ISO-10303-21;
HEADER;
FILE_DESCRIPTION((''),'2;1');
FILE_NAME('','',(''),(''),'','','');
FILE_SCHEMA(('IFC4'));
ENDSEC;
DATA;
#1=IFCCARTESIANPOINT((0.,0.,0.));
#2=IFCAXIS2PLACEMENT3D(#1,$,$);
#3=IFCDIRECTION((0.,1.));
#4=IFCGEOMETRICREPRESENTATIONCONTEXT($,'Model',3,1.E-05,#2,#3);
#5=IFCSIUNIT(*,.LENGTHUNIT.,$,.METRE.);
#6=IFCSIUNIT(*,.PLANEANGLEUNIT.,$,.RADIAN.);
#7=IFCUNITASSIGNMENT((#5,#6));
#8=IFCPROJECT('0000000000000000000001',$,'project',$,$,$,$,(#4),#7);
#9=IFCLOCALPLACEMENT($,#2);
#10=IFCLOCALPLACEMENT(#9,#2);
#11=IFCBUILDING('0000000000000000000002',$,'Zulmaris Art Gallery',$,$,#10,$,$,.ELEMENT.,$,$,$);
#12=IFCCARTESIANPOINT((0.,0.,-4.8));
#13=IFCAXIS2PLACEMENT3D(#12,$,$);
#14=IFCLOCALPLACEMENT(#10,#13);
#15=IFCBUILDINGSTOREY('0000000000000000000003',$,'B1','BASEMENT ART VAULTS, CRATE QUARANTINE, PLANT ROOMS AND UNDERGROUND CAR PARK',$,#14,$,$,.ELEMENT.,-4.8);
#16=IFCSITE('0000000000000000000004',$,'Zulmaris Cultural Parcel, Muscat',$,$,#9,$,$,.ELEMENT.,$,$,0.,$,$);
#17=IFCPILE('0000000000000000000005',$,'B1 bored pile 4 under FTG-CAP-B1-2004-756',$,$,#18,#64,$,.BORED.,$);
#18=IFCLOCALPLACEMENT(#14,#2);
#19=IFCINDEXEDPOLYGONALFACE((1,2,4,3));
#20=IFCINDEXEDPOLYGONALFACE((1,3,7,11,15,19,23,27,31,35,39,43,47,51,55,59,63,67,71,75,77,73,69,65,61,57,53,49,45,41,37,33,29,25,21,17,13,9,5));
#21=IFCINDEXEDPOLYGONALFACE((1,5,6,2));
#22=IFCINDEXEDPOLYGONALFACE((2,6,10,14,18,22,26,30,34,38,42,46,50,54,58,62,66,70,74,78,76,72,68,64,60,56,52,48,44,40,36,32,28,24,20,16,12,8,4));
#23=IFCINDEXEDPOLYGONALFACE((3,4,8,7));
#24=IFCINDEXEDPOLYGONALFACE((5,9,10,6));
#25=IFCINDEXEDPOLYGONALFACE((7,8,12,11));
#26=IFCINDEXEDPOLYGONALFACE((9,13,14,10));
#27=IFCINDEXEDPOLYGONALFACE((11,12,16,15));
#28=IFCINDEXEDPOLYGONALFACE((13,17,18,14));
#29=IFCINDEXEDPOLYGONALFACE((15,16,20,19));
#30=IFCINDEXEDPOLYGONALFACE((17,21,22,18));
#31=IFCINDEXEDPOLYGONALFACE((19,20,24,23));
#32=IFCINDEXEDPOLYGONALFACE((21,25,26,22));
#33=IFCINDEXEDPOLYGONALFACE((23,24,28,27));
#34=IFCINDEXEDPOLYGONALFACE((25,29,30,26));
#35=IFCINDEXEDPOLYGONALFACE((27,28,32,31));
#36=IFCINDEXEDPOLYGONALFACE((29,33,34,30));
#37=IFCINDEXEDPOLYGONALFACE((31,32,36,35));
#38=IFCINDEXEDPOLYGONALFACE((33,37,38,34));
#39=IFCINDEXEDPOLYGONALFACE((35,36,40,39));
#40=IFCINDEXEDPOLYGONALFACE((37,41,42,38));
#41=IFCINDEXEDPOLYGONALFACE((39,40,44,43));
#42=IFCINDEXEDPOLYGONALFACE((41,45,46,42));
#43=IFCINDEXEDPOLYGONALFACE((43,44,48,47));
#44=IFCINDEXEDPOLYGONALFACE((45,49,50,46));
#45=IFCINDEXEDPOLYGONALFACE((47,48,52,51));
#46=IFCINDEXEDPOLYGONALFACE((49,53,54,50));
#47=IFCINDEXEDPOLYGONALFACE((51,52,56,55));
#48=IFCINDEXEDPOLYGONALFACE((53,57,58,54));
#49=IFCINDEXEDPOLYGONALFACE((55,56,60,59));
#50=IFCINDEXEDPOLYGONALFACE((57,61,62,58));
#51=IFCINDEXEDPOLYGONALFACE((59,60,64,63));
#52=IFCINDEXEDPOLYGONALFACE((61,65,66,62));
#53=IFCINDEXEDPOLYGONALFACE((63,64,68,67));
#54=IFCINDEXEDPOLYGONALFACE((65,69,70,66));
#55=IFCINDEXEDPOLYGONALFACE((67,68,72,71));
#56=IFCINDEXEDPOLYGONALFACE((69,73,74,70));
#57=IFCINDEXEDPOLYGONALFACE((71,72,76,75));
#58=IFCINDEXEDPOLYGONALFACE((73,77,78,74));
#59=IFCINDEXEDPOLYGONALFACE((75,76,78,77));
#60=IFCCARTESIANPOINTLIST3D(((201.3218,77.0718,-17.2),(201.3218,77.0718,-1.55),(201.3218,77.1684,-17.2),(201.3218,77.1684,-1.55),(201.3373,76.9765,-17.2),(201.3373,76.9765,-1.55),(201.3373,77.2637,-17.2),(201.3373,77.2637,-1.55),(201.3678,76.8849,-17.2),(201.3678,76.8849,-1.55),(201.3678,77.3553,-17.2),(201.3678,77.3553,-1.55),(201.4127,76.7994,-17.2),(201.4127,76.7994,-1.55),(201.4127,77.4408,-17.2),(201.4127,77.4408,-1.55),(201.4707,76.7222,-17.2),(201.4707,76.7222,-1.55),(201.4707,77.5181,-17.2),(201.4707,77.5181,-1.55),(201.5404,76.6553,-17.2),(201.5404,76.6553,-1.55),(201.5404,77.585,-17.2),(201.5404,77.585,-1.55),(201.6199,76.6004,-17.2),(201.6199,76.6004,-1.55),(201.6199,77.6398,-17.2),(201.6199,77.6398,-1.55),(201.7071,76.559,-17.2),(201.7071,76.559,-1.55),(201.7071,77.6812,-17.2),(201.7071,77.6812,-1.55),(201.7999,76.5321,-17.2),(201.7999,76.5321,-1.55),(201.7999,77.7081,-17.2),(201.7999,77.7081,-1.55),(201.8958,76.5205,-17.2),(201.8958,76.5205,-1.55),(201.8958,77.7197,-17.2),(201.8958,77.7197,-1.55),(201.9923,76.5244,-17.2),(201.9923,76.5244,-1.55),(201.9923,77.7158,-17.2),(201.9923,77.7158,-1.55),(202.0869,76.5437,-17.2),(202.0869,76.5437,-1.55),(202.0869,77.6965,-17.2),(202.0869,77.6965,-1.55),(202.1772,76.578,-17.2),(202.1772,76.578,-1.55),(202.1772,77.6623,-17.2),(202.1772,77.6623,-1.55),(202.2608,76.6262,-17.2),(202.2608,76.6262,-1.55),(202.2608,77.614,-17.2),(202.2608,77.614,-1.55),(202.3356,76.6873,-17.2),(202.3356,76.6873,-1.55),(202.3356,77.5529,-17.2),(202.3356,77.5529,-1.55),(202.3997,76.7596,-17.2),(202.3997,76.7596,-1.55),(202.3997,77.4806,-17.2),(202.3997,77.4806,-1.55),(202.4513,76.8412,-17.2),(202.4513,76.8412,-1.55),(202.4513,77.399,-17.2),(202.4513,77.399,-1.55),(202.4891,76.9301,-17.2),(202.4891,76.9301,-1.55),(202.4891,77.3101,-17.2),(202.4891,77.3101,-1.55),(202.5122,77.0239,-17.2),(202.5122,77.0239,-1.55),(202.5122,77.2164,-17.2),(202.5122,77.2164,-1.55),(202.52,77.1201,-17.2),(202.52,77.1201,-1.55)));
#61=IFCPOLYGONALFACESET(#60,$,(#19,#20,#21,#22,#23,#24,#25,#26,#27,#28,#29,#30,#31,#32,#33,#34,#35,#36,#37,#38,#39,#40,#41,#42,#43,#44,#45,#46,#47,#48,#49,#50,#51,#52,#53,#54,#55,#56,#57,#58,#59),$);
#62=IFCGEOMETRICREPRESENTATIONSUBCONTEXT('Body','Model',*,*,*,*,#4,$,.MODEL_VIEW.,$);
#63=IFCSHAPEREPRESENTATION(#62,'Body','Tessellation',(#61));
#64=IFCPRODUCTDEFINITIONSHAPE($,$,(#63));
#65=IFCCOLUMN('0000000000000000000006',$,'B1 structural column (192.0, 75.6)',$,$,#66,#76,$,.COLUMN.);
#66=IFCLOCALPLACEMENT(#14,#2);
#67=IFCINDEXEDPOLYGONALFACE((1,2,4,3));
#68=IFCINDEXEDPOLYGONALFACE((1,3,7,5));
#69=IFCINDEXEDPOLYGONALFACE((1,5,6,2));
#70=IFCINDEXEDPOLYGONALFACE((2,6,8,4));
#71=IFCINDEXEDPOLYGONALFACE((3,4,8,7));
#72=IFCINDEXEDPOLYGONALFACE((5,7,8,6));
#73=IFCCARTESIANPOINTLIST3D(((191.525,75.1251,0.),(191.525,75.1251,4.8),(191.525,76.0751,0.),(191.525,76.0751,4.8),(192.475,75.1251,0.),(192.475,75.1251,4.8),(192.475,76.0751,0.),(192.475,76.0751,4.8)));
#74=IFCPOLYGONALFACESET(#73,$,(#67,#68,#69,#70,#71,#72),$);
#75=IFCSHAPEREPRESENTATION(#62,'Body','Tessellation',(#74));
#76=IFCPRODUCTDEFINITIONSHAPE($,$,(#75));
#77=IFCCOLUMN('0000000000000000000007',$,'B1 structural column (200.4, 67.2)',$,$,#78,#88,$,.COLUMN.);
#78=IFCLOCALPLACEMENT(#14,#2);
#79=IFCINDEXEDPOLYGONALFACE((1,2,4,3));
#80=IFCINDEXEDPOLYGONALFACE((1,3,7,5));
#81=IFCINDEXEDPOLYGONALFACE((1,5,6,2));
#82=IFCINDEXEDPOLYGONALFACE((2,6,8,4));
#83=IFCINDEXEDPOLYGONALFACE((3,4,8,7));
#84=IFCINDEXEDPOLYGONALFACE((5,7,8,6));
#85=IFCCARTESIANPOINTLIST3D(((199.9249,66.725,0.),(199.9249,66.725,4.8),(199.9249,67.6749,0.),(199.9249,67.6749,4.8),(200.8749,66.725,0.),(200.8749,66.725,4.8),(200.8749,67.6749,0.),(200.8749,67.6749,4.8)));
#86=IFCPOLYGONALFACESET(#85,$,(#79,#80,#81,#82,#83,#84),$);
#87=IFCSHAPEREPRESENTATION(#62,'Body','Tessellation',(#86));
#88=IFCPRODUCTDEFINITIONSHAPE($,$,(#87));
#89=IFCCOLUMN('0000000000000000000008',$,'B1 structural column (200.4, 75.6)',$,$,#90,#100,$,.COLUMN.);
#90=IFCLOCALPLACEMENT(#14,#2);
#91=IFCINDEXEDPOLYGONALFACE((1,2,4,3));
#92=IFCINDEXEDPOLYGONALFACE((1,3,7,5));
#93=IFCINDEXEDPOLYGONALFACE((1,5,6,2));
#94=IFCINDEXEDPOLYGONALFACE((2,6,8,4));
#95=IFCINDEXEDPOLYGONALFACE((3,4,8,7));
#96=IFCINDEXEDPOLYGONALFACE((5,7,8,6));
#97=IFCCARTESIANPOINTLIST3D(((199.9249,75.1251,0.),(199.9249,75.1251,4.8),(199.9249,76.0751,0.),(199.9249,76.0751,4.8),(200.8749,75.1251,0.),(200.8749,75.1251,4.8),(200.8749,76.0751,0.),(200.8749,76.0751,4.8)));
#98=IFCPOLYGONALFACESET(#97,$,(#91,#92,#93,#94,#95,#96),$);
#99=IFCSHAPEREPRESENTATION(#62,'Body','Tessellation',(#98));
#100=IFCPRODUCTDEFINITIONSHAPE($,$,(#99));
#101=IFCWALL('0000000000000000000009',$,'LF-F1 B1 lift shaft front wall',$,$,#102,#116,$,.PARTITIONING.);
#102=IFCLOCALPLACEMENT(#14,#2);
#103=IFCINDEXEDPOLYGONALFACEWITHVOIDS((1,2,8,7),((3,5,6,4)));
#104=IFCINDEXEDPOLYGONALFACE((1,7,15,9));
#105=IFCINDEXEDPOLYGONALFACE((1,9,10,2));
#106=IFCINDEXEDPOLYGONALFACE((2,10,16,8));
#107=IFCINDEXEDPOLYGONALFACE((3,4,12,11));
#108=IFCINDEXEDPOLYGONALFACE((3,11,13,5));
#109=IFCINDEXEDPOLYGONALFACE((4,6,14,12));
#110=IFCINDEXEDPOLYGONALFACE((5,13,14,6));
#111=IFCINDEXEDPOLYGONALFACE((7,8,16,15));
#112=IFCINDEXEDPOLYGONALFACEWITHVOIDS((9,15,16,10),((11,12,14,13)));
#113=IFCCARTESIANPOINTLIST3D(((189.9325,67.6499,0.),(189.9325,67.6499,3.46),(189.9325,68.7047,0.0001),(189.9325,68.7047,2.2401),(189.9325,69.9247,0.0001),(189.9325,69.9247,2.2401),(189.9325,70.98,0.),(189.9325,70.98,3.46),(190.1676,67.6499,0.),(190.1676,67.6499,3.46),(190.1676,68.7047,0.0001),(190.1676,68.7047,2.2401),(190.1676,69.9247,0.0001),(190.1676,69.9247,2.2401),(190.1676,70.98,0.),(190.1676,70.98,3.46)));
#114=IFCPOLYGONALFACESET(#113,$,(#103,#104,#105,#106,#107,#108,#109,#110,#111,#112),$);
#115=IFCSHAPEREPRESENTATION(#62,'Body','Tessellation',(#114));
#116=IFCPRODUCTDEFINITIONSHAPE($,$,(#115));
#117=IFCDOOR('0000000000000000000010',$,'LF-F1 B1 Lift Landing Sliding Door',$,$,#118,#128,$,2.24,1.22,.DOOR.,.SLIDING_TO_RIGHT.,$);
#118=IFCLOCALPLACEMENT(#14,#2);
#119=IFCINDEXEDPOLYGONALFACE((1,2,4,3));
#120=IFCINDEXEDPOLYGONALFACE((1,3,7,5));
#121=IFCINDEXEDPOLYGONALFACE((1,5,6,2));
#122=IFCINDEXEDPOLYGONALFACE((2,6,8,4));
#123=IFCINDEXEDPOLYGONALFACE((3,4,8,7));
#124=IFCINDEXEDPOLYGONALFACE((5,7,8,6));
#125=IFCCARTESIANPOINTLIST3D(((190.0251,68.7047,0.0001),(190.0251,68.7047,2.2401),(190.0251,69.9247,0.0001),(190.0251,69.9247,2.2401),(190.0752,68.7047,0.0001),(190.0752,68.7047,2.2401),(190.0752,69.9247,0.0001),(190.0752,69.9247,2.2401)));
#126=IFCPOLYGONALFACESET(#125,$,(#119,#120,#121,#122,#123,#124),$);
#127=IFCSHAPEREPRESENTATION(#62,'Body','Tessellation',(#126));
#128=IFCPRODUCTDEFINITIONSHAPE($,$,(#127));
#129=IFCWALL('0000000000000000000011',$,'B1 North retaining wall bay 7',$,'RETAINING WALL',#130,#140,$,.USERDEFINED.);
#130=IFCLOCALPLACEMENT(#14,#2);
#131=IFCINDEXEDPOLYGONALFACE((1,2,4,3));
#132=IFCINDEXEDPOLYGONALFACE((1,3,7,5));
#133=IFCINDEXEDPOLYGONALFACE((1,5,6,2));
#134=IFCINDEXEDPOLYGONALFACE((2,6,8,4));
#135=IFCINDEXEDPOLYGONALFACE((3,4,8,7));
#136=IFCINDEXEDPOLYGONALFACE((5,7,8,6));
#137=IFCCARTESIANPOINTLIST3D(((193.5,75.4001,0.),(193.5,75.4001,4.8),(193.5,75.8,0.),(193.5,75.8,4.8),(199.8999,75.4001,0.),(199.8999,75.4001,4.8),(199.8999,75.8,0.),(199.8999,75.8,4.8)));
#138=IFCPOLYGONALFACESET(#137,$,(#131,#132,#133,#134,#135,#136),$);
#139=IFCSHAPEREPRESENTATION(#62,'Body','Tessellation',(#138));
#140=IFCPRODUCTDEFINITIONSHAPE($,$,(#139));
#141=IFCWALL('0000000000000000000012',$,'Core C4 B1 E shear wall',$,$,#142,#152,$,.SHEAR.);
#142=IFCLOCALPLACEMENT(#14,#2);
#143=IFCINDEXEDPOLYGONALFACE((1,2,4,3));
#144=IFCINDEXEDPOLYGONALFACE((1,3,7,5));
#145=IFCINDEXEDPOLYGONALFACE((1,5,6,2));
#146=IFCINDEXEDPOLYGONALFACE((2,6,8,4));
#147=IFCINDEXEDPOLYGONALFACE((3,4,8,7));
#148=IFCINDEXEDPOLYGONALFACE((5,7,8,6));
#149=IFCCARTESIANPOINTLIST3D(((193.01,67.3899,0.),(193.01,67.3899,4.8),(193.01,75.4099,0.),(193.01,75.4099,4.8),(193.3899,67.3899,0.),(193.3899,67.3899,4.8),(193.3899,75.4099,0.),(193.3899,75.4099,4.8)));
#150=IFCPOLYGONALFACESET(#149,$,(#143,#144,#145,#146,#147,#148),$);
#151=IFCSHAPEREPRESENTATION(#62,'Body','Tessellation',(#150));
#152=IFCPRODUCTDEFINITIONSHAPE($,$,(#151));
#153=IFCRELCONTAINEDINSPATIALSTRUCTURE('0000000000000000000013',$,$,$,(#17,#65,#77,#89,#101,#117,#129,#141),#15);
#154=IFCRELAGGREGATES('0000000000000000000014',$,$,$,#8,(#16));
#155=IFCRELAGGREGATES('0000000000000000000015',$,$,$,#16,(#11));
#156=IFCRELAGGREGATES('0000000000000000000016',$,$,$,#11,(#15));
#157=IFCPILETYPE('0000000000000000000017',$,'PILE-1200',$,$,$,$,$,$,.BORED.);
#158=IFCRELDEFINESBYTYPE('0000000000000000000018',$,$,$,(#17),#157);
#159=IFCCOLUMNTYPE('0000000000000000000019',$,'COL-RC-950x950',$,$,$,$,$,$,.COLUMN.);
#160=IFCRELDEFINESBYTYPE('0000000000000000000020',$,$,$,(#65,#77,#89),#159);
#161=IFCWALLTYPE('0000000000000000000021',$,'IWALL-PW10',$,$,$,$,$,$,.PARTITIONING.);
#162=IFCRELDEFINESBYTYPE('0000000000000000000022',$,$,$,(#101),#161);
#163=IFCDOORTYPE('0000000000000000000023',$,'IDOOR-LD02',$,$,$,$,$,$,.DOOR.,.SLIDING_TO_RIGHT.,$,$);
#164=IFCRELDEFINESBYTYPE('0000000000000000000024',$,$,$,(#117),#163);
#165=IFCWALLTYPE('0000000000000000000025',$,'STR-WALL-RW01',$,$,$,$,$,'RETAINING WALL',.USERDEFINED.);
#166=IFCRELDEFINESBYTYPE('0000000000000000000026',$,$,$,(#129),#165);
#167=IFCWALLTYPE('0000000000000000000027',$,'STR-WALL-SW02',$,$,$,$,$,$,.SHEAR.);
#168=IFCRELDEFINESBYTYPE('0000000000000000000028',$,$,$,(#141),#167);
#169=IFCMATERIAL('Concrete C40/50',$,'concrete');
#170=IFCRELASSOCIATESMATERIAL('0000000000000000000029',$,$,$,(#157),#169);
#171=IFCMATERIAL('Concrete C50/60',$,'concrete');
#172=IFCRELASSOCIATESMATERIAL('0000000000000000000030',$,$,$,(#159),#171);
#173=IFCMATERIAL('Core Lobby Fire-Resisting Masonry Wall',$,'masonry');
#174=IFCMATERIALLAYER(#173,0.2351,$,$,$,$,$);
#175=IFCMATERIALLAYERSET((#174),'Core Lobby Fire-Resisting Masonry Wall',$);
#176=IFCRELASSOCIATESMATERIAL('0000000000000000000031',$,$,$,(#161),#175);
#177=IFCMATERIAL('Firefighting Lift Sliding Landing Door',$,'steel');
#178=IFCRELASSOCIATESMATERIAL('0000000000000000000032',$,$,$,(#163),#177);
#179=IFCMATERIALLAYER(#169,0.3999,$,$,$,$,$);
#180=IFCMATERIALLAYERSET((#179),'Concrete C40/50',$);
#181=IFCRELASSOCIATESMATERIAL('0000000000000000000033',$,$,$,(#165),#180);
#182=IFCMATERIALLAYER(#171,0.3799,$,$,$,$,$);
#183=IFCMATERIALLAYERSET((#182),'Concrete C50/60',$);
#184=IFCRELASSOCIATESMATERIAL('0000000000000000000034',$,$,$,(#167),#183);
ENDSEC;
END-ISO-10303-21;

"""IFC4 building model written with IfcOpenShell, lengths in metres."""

from ifc_helpers import new_model, si_unit, direction, frame, frame_2d, origin, origin_2d, place, context, subcontext, project, spatial, rectangle, circle, extrude, material, layer, layer_set, material_profile, profile_set, type_object, element, fill, save


model = new_model("IFC4")

# Units and contexts
model_context = context("Model", 3, precision=1e-05, world=origin(), true_north=direction((0.0, 1.0)))
body_context = subcontext(model_context, "Body", "Model", "MODEL_VIEW")
ifc_project = project(units=[si_unit("LENGTHUNIT", "METRE"), si_unit("PLANEANGLEUNIT", "RADIAN")], contexts=[model_context])

# Site, building, storey
site_placement = place(None, origin())
site = spatial("IfcSite", under=ifc_project, at=site_placement, Name="Zulmaris Cultural Parcel, Muscat", CompositionType="ELEMENT", RefElevation=0.0)
building_placement = place(site_placement, origin())
building = spatial("IfcBuilding", under=site, at=building_placement, Name="Zulmaris Art Gallery", CompositionType="ELEMENT")
storey_placement = place(building_placement, frame((0.0, 0.0, -4.8)))
storey = spatial("IfcBuildingStorey", under=building, at=storey_placement, Name="B1", Description="BASEMENT ART VAULTS, CRATE QUARANTINE, PLANT ROOMS AND UNDERGROUND CAR PARK", CompositionType="ELEMENT", Elevation=-4.8)

# Pile
ifc_material_1 = material(Name="Concrete C40/50", Category="concrete")
ifc_material_profile_1 = material_profile(ifc_material_1, circle(Radius=0.6001, at=origin_2d()), Name="PILE DIA 1200")
ifc_profile_set_1 = profile_set([ifc_material_profile_1], Name="Concrete C40/50")
pile_type_1 = type_object("IfcPileType", Name="PILE-1200", PredefinedType="BORED", material=ifc_profile_set_1)
for number, where, z_axis, x_axis, name in (
    (1, (201.9199, 77.1201, -1.55), (0.0, 0.0, -1.0), (1.0, 0.0, 0.0), "B1 bored pile 4 under FTG-CAP-B1-2004-756"),
):
    element("IfcPile", number, at=place(storey_placement, frame(where, z_axis=z_axis, x_axis=x_axis)), inside=storey, type_object=pile_type_1, Name=name, PredefinedType="BORED", context=body_context, shape_type="SweptSolid", body=[
        extrude(circle(Radius=0.6001, at=origin_2d()), origin(), (0.0, 0.0, 1.0), 15.6499),
    ])

# Columns
ifc_material_2 = material(Name="Concrete C50/60", Category="concrete")
ifc_material_profile_2 = material_profile(ifc_material_2, rectangle(XDim=0.95, YDim=0.95, at=origin_2d()), Name="RC 950x950")
ifc_profile_set_2 = profile_set([ifc_material_profile_2], Name="Concrete C50/60")
column_type = type_object("IfcColumnType", Name="COL-RC-950x950", PredefinedType="COLUMN", material=ifc_profile_set_2)
for number, where, z_axis, x_axis, name in (
    (2, (192.0, 75.6001, 0.0), (0.0, 0.0, 1.0), (1.0, 0.0, 0.0), "B1 structural column (192.0, 75.6)"),
    (3, (200.3999, 67.2, 0.0), (0.0, 0.0, 1.0), (1.0, 0.0, 0.0), "B1 structural column (200.4, 67.2)"),
    (4, (200.3999, 75.6001, 0.0), (0.0, 0.0, 1.0), (1.0, 0.0, 0.0), "B1 structural column (200.4, 75.6)"),
):
    element("IfcColumn", number, at=place(storey_placement, frame(where, z_axis=z_axis, x_axis=x_axis)), inside=storey, type_object=column_type, Name=name, PredefinedType="COLUMN", context=body_context, shape_type="SweptSolid", body=[
        extrude(rectangle(XDim=0.95, YDim=0.95, at=origin_2d()), origin(), (0.0, 0.0, 1.0), 4.8),
    ])

# Wall, opening, door
ifc_material_3 = material(Name="Core Lobby Fire-Resisting Masonry Wall", Category="masonry")
ifc_layer_1 = layer(ifc_material_3, 0.2351)
ifc_layer_set_1 = layer_set([ifc_layer_1], Name="Core Lobby Fire-Resisting Masonry Wall")
wall_type_1 = type_object("IfcWallType", Name="IWALL-PW10", PredefinedType="PARTITIONING", material=ifc_layer_set_1)
wall_1_placement = place(storey_placement, frame((190.05, 67.6499, 0.0), z_axis=(0.0, 0.0, 1.0), x_axis=(0.0, 1.0, 0.0)))
wall_1 = element("IfcWall", 5, at=wall_1_placement, inside=storey, type_object=wall_type_1, Name="LF-F1 B1 lift shaft front wall", PredefinedType="PARTITIONING", context=body_context, shape_type="SweptSolid", body=[
    extrude(rectangle(XDim=3.3301, YDim=0.2351, at=frame_2d((1.665, 0.0))), origin(), (0.0, 0.0, 1.0), 3.46),
])
opening_placement = place(wall_1_placement, frame((1.0549, 0.0, 0.0)))
opening = element("IfcOpeningElement", 6, at=opening_placement, cuts=wall_1, PredefinedType="OPENING", context=body_context, shape_type="SweptSolid", body=[
    extrude(rectangle(XDim=1.22, YDim=2.24, at=frame_2d((0.6099, 1.1201))), frame((0.0, 0.1274, 0.0), z_axis=(0.0, -1.0, 0.0), x_axis=(1.0, 0.0, 0.0)), (0.0, 0.0, 1.0), 0.2551),
])
ifc_material_4 = material(Name="Firefighting Lift Sliding Landing Door", Category="steel")
door_type = type_object("IfcDoorType", Name="IDOOR-LD02", OperationType="SLIDING_TO_RIGHT", PredefinedType="DOOR", material=ifc_material_4)
door_placement = place(opening_placement, origin())
door = element("IfcDoor", 7, at=door_placement, inside=storey, type_object=door_type, Name="LF-F1 B1 Lift Landing Sliding Door", OperationType="SLIDING_TO_RIGHT", OverallHeight=2.24, OverallWidth=1.22, PredefinedType="DOOR", context=body_context, shape_type="SweptSolid", body=[
    extrude(rectangle(XDim=1.22, YDim=2.24, at=frame_2d((0.6099, 1.1201))), frame((0.0, 0.0249, 0.0), z_axis=(0.0, -1.0, 0.0), x_axis=(1.0, 0.0, 0.0)), (0.0, 0.0, 1.0), 0.05),
])
fill(opening, door)

# Walls
ifc_layer_2 = layer(ifc_material_1, 0.3999)
ifc_layer_set_2 = layer_set([ifc_layer_2], Name="Concrete C40/50")
wall_type_2 = type_object("IfcWallType", Name="STR-WALL-RW01", ElementType="RETAINING WALL", PredefinedType="USERDEFINED", material=ifc_layer_set_2)
wall_2_placement = place(storey_placement, frame((193.5, 75.6001, 0.0), z_axis=(0.0, 0.0, 1.0), x_axis=(1.0, 0.0, 0.0)))
element("IfcWall", 8, at=wall_2_placement, inside=storey, type_object=wall_type_2, Name="B1 North retaining wall bay 7", ObjectType="RETAINING WALL", PredefinedType="USERDEFINED", context=body_context, shape_type="SweptSolid", body=[
    extrude(rectangle(XDim=6.3999, YDim=0.3999, at=frame_2d((3.2, 0.0))), origin(), (0.0, 0.0, 1.0), 4.8),
])
ifc_layer_3 = layer(ifc_material_2, 0.3799)
ifc_layer_set_3 = layer_set([ifc_layer_3], Name="Concrete C50/60")
wall_type_3 = type_object("IfcWallType", Name="STR-WALL-SW02", PredefinedType="SHEAR", material=ifc_layer_set_3)
wall_3_placement = place(storey_placement, frame((193.2, 67.3899, 0.0), z_axis=(0.0, 0.0, 1.0), x_axis=(0.0, 1.0, 0.0)))
element("IfcWall", 9, at=wall_3_placement, inside=storey, type_object=wall_type_3, Name="Core C4 B1 E shear wall", PredefinedType="SHEAR", context=body_context, shape_type="SweptSolid", body=[
    extrude(rectangle(XDim=8.02, YDim=0.3799, at=frame_2d((4.01, 0.0))), origin(), (0.0, 0.0, 1.0), 4.8),
])

save(model, "model.ifc")
